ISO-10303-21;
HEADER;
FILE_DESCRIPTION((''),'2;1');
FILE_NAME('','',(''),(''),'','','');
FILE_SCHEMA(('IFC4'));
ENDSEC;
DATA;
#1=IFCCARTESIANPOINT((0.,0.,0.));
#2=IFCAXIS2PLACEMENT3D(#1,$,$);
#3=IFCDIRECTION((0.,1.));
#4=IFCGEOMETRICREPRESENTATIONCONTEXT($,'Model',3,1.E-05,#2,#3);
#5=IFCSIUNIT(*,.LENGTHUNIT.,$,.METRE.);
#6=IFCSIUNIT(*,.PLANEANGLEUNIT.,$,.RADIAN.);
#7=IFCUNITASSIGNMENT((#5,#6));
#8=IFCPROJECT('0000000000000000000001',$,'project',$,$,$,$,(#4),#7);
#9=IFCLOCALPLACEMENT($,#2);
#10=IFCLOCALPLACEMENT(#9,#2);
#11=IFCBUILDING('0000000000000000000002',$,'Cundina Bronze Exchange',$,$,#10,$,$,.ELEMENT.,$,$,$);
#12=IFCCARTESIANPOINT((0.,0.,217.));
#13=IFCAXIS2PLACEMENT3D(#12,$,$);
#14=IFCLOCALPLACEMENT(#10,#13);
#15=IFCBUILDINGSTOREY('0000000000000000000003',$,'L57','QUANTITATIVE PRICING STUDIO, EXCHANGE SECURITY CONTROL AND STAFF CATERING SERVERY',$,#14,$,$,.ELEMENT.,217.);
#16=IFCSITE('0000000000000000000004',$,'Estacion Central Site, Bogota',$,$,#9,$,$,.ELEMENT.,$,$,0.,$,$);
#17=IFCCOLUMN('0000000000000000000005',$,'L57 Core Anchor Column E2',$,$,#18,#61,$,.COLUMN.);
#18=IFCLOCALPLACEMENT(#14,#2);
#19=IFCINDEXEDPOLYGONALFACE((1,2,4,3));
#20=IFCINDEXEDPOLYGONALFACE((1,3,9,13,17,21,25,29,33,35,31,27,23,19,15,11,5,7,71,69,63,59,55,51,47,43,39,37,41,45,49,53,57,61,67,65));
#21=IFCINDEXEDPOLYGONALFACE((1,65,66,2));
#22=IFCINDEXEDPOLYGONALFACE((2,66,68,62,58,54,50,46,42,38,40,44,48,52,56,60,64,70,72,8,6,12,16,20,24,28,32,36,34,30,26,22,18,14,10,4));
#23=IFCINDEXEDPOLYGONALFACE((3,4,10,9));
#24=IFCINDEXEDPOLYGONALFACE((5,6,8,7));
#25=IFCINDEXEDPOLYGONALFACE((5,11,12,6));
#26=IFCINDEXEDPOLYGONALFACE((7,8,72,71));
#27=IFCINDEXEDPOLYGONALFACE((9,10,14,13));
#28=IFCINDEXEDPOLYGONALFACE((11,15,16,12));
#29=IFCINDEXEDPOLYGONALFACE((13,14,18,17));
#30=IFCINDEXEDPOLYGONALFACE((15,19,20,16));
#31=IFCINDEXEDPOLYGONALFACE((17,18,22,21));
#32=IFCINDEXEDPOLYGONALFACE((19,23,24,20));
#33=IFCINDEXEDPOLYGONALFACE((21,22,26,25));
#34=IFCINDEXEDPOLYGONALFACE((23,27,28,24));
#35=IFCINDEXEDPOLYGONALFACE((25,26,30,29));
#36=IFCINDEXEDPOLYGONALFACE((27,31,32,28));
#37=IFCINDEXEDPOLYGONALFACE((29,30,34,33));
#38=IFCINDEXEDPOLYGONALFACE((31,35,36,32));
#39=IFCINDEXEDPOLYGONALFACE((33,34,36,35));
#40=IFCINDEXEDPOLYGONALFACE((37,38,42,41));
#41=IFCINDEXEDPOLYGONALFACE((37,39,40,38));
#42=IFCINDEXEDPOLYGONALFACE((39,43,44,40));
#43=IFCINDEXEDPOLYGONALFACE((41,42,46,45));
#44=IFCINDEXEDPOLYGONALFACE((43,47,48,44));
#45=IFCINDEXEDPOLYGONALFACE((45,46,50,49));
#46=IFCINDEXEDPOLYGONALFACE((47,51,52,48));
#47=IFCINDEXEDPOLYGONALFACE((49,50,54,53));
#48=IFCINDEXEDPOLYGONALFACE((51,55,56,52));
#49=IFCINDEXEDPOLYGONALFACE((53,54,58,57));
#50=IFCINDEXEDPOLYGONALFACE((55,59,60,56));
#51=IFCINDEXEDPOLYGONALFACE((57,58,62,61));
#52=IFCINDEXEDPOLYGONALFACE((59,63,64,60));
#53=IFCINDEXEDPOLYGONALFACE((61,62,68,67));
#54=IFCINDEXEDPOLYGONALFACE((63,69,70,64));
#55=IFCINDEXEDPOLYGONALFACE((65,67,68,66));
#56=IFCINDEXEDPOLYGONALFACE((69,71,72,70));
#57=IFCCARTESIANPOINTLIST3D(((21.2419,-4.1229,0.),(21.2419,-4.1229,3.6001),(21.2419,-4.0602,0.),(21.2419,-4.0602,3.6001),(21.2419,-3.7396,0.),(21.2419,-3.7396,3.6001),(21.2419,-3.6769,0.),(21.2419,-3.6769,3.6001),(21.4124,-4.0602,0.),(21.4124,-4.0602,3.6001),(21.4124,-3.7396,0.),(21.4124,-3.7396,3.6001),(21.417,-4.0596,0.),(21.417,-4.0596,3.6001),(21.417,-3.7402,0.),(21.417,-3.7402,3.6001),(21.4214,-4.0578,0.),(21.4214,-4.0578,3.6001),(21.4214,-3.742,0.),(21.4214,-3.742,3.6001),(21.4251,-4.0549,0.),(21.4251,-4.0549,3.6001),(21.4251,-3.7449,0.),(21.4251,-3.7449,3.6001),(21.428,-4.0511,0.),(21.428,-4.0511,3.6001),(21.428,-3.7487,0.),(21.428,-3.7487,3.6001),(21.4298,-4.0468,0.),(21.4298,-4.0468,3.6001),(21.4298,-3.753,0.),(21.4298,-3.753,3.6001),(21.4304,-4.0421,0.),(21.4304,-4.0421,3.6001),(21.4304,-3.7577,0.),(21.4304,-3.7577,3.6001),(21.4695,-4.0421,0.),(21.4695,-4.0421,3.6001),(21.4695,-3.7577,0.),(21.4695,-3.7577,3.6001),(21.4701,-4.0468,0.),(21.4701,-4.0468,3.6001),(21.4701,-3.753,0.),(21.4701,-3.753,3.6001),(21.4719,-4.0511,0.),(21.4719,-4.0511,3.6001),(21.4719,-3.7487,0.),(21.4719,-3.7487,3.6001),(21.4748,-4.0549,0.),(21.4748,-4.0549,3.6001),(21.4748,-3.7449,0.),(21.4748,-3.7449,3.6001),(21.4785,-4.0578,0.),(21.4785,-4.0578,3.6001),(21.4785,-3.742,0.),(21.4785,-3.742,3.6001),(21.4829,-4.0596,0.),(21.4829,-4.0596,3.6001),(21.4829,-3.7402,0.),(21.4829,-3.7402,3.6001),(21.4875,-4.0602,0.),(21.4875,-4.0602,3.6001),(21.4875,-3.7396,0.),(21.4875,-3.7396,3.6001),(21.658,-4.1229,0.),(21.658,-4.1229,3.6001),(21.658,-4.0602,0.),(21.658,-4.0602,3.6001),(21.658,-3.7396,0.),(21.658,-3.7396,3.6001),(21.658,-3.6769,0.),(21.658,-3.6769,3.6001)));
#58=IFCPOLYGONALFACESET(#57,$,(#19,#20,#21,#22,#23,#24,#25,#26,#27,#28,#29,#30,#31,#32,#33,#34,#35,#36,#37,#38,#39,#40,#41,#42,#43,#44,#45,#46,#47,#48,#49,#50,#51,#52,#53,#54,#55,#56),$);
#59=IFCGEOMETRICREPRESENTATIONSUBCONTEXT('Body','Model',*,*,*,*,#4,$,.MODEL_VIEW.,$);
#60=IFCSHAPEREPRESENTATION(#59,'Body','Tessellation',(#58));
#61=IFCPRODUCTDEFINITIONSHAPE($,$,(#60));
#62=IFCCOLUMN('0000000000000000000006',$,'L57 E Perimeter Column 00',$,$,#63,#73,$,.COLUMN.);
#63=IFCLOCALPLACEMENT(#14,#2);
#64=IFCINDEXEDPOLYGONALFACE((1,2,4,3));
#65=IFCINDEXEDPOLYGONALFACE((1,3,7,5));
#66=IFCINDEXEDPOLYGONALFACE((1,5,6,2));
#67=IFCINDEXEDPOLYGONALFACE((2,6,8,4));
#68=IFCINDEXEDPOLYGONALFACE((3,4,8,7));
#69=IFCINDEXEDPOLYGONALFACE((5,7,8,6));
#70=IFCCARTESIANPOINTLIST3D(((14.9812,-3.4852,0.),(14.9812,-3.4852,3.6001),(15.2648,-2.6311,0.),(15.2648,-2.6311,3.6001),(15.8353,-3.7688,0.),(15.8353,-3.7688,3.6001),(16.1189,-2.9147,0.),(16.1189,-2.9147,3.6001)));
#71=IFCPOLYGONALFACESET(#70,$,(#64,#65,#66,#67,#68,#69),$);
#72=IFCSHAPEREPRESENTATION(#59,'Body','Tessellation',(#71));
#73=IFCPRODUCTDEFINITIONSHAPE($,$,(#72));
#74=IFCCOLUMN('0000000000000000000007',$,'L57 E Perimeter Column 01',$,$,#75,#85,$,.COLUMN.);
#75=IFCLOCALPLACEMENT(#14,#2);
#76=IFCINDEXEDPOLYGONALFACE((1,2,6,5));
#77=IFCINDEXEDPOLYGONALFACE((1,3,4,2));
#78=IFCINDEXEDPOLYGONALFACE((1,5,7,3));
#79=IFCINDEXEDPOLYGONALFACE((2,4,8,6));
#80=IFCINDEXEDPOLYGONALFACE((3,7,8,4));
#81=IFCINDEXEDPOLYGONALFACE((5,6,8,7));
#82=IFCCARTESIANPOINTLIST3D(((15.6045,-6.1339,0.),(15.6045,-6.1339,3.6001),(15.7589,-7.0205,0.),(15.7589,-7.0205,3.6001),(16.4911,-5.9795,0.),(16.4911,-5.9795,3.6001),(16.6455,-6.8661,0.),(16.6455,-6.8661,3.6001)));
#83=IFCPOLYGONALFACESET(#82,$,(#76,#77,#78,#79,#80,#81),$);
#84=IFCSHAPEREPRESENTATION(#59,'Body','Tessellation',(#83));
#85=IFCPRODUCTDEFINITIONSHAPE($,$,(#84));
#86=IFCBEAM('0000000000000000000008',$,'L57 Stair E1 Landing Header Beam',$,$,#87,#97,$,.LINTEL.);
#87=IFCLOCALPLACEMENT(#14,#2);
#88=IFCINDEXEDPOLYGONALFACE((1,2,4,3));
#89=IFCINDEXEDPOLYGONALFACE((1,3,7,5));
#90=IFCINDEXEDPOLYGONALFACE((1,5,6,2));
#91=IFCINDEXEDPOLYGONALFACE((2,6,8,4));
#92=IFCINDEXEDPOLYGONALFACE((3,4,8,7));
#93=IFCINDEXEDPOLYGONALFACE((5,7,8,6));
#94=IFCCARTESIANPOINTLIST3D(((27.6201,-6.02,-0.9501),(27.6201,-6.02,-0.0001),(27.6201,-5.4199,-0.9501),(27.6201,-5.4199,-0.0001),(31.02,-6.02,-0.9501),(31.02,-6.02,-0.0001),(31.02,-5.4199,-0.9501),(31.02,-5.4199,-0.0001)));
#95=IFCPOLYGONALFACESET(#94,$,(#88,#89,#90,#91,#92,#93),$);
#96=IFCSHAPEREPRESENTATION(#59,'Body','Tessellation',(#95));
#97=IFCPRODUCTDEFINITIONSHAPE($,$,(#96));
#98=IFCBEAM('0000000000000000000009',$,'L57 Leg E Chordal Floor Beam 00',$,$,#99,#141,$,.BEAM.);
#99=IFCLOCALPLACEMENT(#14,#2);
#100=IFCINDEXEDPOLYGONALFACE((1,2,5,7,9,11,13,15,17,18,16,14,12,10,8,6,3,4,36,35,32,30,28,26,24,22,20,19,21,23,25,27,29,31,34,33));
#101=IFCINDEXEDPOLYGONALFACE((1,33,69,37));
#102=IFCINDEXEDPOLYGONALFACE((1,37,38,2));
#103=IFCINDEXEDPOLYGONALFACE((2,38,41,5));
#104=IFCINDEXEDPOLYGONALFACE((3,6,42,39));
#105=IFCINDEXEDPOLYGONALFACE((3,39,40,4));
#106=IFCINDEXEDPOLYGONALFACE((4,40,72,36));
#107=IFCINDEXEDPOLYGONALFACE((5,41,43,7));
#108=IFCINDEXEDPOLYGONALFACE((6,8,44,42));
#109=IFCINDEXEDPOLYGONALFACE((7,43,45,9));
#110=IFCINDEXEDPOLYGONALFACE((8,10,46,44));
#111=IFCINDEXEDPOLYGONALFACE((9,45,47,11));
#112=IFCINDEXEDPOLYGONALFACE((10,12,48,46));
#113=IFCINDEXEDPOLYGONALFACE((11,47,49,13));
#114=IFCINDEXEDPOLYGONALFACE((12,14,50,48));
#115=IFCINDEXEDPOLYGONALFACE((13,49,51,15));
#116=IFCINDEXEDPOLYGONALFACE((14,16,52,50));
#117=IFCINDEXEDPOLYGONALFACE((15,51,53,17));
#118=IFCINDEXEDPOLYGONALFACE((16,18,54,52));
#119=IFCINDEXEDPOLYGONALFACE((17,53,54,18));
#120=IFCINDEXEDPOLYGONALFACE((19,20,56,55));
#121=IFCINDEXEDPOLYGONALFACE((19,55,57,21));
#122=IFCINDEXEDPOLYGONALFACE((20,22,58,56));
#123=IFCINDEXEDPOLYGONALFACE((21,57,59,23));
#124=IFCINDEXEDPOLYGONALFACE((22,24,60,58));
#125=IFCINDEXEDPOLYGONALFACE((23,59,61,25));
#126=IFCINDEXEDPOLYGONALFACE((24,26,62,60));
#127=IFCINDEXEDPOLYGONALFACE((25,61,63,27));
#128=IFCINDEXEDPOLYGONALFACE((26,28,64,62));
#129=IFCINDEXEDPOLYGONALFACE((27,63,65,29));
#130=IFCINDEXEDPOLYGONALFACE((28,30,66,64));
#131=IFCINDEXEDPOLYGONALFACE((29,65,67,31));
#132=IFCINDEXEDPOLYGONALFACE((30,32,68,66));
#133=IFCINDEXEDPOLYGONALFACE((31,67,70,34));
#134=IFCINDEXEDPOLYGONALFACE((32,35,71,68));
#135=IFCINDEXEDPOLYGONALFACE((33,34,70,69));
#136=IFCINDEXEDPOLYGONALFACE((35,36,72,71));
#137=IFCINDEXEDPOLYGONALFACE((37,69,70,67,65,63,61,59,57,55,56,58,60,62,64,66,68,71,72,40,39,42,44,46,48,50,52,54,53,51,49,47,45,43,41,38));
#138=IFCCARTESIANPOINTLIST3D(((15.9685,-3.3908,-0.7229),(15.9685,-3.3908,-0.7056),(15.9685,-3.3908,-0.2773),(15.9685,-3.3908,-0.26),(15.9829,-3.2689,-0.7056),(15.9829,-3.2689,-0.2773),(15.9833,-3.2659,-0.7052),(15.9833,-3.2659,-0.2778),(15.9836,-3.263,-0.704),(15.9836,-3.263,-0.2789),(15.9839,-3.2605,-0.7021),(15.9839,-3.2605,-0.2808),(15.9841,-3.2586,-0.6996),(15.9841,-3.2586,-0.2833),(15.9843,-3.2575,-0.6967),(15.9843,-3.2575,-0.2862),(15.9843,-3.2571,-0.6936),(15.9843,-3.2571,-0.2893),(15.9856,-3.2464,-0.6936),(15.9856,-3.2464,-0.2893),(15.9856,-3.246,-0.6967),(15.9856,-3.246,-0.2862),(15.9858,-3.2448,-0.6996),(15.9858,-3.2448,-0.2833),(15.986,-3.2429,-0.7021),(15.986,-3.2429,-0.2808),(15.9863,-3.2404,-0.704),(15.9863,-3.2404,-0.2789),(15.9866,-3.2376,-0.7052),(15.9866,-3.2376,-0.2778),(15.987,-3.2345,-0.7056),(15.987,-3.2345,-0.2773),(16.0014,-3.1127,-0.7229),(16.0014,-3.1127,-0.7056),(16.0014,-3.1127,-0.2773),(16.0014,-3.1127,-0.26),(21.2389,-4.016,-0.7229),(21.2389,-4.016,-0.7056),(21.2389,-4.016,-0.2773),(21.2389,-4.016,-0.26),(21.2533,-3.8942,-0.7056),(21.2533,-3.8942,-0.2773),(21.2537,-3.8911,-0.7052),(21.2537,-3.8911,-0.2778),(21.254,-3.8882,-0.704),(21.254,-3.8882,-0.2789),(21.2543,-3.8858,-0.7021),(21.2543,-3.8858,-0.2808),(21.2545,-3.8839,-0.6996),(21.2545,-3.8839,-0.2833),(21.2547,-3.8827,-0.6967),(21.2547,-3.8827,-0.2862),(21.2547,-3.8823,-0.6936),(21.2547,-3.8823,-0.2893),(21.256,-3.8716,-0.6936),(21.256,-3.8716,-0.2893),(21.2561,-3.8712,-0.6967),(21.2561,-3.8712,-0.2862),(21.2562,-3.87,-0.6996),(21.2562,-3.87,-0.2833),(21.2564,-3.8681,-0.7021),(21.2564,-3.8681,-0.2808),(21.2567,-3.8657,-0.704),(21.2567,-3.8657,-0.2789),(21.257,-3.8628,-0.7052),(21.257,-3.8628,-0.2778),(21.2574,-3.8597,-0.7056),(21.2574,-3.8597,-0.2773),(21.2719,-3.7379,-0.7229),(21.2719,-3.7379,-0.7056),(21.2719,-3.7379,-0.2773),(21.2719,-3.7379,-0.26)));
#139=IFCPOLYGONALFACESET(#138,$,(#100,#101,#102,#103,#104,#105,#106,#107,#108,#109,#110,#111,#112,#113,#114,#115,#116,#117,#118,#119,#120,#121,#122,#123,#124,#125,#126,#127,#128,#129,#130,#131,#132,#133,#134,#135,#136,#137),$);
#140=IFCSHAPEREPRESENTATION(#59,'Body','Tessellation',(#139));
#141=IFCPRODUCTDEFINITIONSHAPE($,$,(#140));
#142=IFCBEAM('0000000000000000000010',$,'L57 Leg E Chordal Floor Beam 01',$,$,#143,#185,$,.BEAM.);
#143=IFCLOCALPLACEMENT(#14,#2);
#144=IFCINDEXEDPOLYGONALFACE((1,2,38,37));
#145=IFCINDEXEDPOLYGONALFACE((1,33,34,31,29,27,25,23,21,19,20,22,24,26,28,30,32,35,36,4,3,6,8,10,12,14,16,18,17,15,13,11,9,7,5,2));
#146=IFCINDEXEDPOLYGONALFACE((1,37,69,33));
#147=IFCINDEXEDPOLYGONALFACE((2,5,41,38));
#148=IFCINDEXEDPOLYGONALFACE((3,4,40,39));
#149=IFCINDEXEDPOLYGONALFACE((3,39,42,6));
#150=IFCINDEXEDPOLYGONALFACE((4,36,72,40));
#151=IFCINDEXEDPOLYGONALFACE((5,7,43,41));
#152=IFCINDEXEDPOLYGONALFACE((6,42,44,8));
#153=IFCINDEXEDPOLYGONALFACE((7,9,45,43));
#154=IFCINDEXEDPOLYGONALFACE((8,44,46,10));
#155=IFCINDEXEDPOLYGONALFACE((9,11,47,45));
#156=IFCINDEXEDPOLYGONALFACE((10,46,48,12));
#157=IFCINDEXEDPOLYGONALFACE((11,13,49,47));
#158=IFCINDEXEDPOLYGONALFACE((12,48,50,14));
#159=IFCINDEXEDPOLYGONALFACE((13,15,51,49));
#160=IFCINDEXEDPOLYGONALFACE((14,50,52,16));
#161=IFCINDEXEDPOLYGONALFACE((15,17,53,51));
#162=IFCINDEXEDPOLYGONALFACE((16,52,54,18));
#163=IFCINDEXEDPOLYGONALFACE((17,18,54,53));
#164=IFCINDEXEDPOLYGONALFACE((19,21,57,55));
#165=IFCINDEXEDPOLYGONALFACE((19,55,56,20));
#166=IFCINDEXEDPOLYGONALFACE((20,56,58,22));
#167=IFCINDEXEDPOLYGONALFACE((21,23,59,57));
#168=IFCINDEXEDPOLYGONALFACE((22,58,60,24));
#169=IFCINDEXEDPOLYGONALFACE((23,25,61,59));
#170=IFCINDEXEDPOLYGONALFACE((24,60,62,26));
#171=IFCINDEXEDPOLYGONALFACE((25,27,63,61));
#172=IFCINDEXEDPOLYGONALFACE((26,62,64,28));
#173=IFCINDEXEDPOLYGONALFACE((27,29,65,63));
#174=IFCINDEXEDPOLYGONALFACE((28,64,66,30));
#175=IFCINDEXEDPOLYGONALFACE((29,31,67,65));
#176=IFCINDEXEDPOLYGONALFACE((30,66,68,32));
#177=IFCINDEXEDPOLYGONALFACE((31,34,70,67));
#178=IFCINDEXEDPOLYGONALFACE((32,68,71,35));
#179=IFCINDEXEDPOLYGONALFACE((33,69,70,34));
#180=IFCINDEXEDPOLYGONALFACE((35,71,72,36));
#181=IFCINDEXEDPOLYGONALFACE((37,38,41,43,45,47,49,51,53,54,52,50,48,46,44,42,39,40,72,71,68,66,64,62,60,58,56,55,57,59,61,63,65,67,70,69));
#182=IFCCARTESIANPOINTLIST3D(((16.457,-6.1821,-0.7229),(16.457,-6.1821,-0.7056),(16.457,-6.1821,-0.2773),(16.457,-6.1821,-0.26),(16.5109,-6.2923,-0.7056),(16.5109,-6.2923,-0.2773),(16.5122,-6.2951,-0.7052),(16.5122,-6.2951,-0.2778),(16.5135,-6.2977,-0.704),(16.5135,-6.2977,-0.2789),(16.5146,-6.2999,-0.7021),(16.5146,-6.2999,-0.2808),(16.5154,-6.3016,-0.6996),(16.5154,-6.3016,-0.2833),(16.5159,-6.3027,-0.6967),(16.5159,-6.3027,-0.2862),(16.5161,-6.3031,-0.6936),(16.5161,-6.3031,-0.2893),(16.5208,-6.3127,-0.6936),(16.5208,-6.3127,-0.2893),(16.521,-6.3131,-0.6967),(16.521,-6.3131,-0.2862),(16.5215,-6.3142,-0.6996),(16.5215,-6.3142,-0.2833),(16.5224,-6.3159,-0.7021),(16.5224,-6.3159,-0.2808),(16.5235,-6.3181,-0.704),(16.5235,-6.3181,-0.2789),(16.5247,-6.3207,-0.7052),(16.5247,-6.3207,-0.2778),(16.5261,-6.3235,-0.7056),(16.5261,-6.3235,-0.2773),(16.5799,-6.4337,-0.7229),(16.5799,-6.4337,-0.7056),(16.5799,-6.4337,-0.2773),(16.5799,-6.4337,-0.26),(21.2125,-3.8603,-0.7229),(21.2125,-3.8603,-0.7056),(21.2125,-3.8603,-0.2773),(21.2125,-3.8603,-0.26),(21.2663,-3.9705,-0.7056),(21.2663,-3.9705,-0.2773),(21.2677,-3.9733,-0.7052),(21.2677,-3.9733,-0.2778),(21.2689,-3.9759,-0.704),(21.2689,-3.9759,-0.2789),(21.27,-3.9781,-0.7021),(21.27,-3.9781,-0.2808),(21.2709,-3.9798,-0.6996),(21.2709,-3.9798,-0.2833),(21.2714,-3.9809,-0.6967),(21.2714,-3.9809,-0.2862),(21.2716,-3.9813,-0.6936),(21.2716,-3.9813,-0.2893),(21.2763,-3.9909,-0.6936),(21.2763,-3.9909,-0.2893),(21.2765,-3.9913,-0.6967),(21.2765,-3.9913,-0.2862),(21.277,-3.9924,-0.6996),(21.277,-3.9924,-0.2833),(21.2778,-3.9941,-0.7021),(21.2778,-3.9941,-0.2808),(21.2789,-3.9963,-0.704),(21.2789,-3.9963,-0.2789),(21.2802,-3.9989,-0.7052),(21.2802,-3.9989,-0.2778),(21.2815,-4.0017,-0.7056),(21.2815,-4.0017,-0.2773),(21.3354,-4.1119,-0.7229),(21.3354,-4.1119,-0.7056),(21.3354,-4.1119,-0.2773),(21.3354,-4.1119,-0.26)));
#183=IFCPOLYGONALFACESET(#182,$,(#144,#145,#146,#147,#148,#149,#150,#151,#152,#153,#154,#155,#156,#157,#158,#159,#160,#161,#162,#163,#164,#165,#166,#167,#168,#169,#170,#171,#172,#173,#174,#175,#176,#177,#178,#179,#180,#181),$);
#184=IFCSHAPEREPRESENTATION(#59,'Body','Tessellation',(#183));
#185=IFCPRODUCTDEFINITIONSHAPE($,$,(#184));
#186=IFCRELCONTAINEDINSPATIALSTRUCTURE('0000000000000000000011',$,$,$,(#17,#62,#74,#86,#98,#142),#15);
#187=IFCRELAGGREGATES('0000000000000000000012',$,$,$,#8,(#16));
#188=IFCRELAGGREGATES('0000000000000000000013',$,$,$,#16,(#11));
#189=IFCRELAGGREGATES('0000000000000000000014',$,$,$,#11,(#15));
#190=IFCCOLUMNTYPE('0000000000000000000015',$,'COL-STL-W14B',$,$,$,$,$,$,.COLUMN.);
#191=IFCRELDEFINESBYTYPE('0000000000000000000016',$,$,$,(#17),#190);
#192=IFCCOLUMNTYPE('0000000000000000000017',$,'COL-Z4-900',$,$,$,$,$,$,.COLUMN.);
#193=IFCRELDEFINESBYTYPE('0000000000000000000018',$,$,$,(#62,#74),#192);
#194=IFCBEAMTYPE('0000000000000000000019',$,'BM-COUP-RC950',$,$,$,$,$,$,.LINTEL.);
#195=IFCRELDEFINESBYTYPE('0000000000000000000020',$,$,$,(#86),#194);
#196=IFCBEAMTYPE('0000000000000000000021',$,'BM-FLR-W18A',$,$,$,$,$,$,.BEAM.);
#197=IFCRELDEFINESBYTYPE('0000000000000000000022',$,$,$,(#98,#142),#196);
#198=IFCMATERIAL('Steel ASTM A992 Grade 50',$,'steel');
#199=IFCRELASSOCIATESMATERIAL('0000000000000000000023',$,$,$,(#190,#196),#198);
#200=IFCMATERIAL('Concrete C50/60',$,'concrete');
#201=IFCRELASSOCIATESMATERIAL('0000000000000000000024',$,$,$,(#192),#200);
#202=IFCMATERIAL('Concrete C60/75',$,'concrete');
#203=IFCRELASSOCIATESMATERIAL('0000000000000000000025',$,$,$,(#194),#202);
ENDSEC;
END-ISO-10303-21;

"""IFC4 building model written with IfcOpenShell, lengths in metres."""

from ifc_helpers import new_model, si_unit, direction, frame, origin, origin_2d, place, context, subcontext, project, spatial, rectangle, i_section, extrude, material, material_profile, profile_set, type_object, element, save


model = new_model("IFC4")

# Units and contexts
model_context = context("Model", 3, precision=1e-05, world=origin(), true_north=direction((0.0, 1.0)))
body_context = subcontext(model_context, "Body", "Model", "MODEL_VIEW")
ifc_project = project(units=[si_unit("LENGTHUNIT", "METRE"), si_unit("PLANEANGLEUNIT", "RADIAN")], contexts=[model_context])

# Site, building, storey
site_placement = place(None, origin())
site = spatial("IfcSite", under=ifc_project, at=site_placement, Name="Estacion Central Site, Bogota", CompositionType="ELEMENT", RefElevation=0.0)
building_placement = place(site_placement, origin())
building = spatial("IfcBuilding", under=site, at=building_placement, Name="Cundina Bronze Exchange", CompositionType="ELEMENT")
storey_placement = place(building_placement, frame((0.0, 0.0, 217.0)))
storey = spatial("IfcBuildingStorey", under=building, at=storey_placement, Name="L57", Description="QUANTITATIVE PRICING STUDIO, EXCHANGE SECURITY CONTROL AND STAFF CATERING SERVERY", CompositionType="ELEMENT", Elevation=217.0)

# Columns
ifc_material_1 = material(Name="Steel ASTM A992 Grade 50", Category="steel")
ifc_material_profile_1 = material_profile(ifc_material_1, i_section(OverallWidth=0.416, OverallDepth=0.446, WebThickness=0.0391, FlangeThickness=0.0627, FilletRadius=0.0181, at=origin_2d()), Name="W14X342", Category="steel")
ifc_profile_set_1 = profile_set([ifc_material_profile_1], Name="Steel ASTM A992 Grade 50")
column_type_1 = type_object("IfcColumnType", Name="COL-STL-W14B", PredefinedType="COLUMN", material=ifc_profile_set_1)
column_placement = place(storey_placement, frame((21.45, -3.8999, 0.0), z_axis=(0.0, 0.0, 1.0), x_axis=(1.0, 0.0, 0.0)))
element("IfcColumn", 1, at=column_placement, inside=storey, type_object=column_type_1, Name="L57 Core Anchor Column E2", PredefinedType="COLUMN", context=body_context, shape_type="SweptSolid", body=[
    extrude(i_section(OverallWidth=0.416, OverallDepth=0.446, WebThickness=0.0391, FlangeThickness=0.0627, FilletRadius=0.0181, at=origin_2d()), origin(), (0.0, 0.0, 1.0), 3.6001),
])
ifc_material_2 = material(Name="Concrete C50/60", Category="concrete")
ifc_material_profile_2 = material_profile(ifc_material_2, rectangle(XDim=0.8999, YDim=0.8999, at=origin_2d()), Name="RC900X900", Category="concrete")
ifc_profile_set_2 = profile_set([ifc_material_profile_2], Name="Concrete C50/60")
column_type_2 = type_object("IfcColumnType", Name="COL-Z4-900", PredefinedType="COLUMN", material=ifc_profile_set_2)
for number, where, z_axis, x_axis, name in (
    (2, (15.55, -3.2, 0.0), (0.0, 0.0, 1.0), (-0.315152, -0.949041, 0.0), "L57 E Perimeter Column 00"),
    (3, (16.125, -6.5, 0.0), (0.0, 0.0, 1.0), (0.171585, -0.985169, 0.0), "L57 E Perimeter Column 01"),
):
    element("IfcColumn", number, at=place(storey_placement, frame(where, z_axis=z_axis, x_axis=x_axis)), inside=storey, type_object=column_type_2, Name=name, PredefinedType="COLUMN", context=body_context, shape_type="SweptSolid", body=[
        extrude(rectangle(XDim=0.8999, YDim=0.8999, at=origin_2d()), origin(), (0.0, 0.0, 1.0), 3.6001),
    ])

# Beams
ifc_material_3 = material(Name="Concrete C60/75", Category="concrete")
ifc_material_profile_3 = material_profile(ifc_material_3, rectangle(XDim=0.6001, YDim=0.95, at=origin_2d()), Name="RC600X950", Category="concrete")
ifc_profile_set_3 = profile_set([ifc_material_profile_3], Name="Concrete C60/75")
beam_type_1 = type_object("IfcBeamType", Name="BM-COUP-RC950", PredefinedType="LINTEL", material=ifc_profile_set_3)
beam_1_placement = place(storey_placement, frame((27.6201, -5.72, -0.4751), z_axis=(1.0, 0.0, 0.0), x_axis=(0.0, 1.0, 0.0)))
element("IfcBeam", 4, at=beam_1_placement, inside=storey, type_object=beam_type_1, Name="L57 Stair E1 Landing Header Beam", PredefinedType="LINTEL", context=body_context, shape_type="SweptSolid", body=[
    extrude(rectangle(XDim=0.6001, YDim=0.95, at=origin_2d()), origin(), (0.0, 0.0, 1.0), 3.3999),
])
ifc_material_profile_4 = material_profile(ifc_material_1, i_section(OverallWidth=0.28, OverallDepth=0.4629, WebThickness=0.0107, FlangeThickness=0.0173, FilletRadius=0.012, at=origin_2d()), Name="W18X76", Category="steel")
ifc_profile_set_4 = profile_set([ifc_material_profile_4], Name="Steel ASTM A992 Grade 50")
beam_type_2 = type_object("IfcBeamType", Name="BM-FLR-W18A", PredefinedType="BEAM", material=ifc_profile_set_4)
beam_2_placement = place(storey_placement, frame((21.2554, -3.877, -0.4915), z_axis=(-0.993037, 0.117805, 0.0), x_axis=(-0.117805, -0.993037, 0.0)))
element("IfcBeam", 5, at=beam_2_placement, inside=storey, type_object=beam_type_2, Name="L57 Leg E Chordal Floor Beam 00", PredefinedType="BEAM", context=body_context, shape_type="SweptSolid", body=[
    extrude(i_section(OverallWidth=0.28, OverallDepth=0.4629, WebThickness=0.0107, FlangeThickness=0.0173, FilletRadius=0.012, at=origin_2d()), origin(), (0.0, 0.0, 1.0), 5.3074),
])
beam_3_placement = place(storey_placement, frame((21.2739, -3.9861, -0.4915), z_axis=(-0.898613, -0.438742, 0.0), x_axis=(0.438742, -0.898613, 0.0)))
element("IfcBeam", 6, at=beam_3_placement, inside=storey, type_object=beam_type_2, Name="L57 Leg E Chordal Floor Beam 01", PredefinedType="BEAM", context=body_context, shape_type="SweptSolid", body=[
    extrude(i_section(OverallWidth=0.28, OverallDepth=0.4629, WebThickness=0.0107, FlangeThickness=0.0173, FilletRadius=0.012, at=origin_2d()), origin(), (0.0, 0.0, 1.0), 5.292),
])

save(model, "model.ifc")
